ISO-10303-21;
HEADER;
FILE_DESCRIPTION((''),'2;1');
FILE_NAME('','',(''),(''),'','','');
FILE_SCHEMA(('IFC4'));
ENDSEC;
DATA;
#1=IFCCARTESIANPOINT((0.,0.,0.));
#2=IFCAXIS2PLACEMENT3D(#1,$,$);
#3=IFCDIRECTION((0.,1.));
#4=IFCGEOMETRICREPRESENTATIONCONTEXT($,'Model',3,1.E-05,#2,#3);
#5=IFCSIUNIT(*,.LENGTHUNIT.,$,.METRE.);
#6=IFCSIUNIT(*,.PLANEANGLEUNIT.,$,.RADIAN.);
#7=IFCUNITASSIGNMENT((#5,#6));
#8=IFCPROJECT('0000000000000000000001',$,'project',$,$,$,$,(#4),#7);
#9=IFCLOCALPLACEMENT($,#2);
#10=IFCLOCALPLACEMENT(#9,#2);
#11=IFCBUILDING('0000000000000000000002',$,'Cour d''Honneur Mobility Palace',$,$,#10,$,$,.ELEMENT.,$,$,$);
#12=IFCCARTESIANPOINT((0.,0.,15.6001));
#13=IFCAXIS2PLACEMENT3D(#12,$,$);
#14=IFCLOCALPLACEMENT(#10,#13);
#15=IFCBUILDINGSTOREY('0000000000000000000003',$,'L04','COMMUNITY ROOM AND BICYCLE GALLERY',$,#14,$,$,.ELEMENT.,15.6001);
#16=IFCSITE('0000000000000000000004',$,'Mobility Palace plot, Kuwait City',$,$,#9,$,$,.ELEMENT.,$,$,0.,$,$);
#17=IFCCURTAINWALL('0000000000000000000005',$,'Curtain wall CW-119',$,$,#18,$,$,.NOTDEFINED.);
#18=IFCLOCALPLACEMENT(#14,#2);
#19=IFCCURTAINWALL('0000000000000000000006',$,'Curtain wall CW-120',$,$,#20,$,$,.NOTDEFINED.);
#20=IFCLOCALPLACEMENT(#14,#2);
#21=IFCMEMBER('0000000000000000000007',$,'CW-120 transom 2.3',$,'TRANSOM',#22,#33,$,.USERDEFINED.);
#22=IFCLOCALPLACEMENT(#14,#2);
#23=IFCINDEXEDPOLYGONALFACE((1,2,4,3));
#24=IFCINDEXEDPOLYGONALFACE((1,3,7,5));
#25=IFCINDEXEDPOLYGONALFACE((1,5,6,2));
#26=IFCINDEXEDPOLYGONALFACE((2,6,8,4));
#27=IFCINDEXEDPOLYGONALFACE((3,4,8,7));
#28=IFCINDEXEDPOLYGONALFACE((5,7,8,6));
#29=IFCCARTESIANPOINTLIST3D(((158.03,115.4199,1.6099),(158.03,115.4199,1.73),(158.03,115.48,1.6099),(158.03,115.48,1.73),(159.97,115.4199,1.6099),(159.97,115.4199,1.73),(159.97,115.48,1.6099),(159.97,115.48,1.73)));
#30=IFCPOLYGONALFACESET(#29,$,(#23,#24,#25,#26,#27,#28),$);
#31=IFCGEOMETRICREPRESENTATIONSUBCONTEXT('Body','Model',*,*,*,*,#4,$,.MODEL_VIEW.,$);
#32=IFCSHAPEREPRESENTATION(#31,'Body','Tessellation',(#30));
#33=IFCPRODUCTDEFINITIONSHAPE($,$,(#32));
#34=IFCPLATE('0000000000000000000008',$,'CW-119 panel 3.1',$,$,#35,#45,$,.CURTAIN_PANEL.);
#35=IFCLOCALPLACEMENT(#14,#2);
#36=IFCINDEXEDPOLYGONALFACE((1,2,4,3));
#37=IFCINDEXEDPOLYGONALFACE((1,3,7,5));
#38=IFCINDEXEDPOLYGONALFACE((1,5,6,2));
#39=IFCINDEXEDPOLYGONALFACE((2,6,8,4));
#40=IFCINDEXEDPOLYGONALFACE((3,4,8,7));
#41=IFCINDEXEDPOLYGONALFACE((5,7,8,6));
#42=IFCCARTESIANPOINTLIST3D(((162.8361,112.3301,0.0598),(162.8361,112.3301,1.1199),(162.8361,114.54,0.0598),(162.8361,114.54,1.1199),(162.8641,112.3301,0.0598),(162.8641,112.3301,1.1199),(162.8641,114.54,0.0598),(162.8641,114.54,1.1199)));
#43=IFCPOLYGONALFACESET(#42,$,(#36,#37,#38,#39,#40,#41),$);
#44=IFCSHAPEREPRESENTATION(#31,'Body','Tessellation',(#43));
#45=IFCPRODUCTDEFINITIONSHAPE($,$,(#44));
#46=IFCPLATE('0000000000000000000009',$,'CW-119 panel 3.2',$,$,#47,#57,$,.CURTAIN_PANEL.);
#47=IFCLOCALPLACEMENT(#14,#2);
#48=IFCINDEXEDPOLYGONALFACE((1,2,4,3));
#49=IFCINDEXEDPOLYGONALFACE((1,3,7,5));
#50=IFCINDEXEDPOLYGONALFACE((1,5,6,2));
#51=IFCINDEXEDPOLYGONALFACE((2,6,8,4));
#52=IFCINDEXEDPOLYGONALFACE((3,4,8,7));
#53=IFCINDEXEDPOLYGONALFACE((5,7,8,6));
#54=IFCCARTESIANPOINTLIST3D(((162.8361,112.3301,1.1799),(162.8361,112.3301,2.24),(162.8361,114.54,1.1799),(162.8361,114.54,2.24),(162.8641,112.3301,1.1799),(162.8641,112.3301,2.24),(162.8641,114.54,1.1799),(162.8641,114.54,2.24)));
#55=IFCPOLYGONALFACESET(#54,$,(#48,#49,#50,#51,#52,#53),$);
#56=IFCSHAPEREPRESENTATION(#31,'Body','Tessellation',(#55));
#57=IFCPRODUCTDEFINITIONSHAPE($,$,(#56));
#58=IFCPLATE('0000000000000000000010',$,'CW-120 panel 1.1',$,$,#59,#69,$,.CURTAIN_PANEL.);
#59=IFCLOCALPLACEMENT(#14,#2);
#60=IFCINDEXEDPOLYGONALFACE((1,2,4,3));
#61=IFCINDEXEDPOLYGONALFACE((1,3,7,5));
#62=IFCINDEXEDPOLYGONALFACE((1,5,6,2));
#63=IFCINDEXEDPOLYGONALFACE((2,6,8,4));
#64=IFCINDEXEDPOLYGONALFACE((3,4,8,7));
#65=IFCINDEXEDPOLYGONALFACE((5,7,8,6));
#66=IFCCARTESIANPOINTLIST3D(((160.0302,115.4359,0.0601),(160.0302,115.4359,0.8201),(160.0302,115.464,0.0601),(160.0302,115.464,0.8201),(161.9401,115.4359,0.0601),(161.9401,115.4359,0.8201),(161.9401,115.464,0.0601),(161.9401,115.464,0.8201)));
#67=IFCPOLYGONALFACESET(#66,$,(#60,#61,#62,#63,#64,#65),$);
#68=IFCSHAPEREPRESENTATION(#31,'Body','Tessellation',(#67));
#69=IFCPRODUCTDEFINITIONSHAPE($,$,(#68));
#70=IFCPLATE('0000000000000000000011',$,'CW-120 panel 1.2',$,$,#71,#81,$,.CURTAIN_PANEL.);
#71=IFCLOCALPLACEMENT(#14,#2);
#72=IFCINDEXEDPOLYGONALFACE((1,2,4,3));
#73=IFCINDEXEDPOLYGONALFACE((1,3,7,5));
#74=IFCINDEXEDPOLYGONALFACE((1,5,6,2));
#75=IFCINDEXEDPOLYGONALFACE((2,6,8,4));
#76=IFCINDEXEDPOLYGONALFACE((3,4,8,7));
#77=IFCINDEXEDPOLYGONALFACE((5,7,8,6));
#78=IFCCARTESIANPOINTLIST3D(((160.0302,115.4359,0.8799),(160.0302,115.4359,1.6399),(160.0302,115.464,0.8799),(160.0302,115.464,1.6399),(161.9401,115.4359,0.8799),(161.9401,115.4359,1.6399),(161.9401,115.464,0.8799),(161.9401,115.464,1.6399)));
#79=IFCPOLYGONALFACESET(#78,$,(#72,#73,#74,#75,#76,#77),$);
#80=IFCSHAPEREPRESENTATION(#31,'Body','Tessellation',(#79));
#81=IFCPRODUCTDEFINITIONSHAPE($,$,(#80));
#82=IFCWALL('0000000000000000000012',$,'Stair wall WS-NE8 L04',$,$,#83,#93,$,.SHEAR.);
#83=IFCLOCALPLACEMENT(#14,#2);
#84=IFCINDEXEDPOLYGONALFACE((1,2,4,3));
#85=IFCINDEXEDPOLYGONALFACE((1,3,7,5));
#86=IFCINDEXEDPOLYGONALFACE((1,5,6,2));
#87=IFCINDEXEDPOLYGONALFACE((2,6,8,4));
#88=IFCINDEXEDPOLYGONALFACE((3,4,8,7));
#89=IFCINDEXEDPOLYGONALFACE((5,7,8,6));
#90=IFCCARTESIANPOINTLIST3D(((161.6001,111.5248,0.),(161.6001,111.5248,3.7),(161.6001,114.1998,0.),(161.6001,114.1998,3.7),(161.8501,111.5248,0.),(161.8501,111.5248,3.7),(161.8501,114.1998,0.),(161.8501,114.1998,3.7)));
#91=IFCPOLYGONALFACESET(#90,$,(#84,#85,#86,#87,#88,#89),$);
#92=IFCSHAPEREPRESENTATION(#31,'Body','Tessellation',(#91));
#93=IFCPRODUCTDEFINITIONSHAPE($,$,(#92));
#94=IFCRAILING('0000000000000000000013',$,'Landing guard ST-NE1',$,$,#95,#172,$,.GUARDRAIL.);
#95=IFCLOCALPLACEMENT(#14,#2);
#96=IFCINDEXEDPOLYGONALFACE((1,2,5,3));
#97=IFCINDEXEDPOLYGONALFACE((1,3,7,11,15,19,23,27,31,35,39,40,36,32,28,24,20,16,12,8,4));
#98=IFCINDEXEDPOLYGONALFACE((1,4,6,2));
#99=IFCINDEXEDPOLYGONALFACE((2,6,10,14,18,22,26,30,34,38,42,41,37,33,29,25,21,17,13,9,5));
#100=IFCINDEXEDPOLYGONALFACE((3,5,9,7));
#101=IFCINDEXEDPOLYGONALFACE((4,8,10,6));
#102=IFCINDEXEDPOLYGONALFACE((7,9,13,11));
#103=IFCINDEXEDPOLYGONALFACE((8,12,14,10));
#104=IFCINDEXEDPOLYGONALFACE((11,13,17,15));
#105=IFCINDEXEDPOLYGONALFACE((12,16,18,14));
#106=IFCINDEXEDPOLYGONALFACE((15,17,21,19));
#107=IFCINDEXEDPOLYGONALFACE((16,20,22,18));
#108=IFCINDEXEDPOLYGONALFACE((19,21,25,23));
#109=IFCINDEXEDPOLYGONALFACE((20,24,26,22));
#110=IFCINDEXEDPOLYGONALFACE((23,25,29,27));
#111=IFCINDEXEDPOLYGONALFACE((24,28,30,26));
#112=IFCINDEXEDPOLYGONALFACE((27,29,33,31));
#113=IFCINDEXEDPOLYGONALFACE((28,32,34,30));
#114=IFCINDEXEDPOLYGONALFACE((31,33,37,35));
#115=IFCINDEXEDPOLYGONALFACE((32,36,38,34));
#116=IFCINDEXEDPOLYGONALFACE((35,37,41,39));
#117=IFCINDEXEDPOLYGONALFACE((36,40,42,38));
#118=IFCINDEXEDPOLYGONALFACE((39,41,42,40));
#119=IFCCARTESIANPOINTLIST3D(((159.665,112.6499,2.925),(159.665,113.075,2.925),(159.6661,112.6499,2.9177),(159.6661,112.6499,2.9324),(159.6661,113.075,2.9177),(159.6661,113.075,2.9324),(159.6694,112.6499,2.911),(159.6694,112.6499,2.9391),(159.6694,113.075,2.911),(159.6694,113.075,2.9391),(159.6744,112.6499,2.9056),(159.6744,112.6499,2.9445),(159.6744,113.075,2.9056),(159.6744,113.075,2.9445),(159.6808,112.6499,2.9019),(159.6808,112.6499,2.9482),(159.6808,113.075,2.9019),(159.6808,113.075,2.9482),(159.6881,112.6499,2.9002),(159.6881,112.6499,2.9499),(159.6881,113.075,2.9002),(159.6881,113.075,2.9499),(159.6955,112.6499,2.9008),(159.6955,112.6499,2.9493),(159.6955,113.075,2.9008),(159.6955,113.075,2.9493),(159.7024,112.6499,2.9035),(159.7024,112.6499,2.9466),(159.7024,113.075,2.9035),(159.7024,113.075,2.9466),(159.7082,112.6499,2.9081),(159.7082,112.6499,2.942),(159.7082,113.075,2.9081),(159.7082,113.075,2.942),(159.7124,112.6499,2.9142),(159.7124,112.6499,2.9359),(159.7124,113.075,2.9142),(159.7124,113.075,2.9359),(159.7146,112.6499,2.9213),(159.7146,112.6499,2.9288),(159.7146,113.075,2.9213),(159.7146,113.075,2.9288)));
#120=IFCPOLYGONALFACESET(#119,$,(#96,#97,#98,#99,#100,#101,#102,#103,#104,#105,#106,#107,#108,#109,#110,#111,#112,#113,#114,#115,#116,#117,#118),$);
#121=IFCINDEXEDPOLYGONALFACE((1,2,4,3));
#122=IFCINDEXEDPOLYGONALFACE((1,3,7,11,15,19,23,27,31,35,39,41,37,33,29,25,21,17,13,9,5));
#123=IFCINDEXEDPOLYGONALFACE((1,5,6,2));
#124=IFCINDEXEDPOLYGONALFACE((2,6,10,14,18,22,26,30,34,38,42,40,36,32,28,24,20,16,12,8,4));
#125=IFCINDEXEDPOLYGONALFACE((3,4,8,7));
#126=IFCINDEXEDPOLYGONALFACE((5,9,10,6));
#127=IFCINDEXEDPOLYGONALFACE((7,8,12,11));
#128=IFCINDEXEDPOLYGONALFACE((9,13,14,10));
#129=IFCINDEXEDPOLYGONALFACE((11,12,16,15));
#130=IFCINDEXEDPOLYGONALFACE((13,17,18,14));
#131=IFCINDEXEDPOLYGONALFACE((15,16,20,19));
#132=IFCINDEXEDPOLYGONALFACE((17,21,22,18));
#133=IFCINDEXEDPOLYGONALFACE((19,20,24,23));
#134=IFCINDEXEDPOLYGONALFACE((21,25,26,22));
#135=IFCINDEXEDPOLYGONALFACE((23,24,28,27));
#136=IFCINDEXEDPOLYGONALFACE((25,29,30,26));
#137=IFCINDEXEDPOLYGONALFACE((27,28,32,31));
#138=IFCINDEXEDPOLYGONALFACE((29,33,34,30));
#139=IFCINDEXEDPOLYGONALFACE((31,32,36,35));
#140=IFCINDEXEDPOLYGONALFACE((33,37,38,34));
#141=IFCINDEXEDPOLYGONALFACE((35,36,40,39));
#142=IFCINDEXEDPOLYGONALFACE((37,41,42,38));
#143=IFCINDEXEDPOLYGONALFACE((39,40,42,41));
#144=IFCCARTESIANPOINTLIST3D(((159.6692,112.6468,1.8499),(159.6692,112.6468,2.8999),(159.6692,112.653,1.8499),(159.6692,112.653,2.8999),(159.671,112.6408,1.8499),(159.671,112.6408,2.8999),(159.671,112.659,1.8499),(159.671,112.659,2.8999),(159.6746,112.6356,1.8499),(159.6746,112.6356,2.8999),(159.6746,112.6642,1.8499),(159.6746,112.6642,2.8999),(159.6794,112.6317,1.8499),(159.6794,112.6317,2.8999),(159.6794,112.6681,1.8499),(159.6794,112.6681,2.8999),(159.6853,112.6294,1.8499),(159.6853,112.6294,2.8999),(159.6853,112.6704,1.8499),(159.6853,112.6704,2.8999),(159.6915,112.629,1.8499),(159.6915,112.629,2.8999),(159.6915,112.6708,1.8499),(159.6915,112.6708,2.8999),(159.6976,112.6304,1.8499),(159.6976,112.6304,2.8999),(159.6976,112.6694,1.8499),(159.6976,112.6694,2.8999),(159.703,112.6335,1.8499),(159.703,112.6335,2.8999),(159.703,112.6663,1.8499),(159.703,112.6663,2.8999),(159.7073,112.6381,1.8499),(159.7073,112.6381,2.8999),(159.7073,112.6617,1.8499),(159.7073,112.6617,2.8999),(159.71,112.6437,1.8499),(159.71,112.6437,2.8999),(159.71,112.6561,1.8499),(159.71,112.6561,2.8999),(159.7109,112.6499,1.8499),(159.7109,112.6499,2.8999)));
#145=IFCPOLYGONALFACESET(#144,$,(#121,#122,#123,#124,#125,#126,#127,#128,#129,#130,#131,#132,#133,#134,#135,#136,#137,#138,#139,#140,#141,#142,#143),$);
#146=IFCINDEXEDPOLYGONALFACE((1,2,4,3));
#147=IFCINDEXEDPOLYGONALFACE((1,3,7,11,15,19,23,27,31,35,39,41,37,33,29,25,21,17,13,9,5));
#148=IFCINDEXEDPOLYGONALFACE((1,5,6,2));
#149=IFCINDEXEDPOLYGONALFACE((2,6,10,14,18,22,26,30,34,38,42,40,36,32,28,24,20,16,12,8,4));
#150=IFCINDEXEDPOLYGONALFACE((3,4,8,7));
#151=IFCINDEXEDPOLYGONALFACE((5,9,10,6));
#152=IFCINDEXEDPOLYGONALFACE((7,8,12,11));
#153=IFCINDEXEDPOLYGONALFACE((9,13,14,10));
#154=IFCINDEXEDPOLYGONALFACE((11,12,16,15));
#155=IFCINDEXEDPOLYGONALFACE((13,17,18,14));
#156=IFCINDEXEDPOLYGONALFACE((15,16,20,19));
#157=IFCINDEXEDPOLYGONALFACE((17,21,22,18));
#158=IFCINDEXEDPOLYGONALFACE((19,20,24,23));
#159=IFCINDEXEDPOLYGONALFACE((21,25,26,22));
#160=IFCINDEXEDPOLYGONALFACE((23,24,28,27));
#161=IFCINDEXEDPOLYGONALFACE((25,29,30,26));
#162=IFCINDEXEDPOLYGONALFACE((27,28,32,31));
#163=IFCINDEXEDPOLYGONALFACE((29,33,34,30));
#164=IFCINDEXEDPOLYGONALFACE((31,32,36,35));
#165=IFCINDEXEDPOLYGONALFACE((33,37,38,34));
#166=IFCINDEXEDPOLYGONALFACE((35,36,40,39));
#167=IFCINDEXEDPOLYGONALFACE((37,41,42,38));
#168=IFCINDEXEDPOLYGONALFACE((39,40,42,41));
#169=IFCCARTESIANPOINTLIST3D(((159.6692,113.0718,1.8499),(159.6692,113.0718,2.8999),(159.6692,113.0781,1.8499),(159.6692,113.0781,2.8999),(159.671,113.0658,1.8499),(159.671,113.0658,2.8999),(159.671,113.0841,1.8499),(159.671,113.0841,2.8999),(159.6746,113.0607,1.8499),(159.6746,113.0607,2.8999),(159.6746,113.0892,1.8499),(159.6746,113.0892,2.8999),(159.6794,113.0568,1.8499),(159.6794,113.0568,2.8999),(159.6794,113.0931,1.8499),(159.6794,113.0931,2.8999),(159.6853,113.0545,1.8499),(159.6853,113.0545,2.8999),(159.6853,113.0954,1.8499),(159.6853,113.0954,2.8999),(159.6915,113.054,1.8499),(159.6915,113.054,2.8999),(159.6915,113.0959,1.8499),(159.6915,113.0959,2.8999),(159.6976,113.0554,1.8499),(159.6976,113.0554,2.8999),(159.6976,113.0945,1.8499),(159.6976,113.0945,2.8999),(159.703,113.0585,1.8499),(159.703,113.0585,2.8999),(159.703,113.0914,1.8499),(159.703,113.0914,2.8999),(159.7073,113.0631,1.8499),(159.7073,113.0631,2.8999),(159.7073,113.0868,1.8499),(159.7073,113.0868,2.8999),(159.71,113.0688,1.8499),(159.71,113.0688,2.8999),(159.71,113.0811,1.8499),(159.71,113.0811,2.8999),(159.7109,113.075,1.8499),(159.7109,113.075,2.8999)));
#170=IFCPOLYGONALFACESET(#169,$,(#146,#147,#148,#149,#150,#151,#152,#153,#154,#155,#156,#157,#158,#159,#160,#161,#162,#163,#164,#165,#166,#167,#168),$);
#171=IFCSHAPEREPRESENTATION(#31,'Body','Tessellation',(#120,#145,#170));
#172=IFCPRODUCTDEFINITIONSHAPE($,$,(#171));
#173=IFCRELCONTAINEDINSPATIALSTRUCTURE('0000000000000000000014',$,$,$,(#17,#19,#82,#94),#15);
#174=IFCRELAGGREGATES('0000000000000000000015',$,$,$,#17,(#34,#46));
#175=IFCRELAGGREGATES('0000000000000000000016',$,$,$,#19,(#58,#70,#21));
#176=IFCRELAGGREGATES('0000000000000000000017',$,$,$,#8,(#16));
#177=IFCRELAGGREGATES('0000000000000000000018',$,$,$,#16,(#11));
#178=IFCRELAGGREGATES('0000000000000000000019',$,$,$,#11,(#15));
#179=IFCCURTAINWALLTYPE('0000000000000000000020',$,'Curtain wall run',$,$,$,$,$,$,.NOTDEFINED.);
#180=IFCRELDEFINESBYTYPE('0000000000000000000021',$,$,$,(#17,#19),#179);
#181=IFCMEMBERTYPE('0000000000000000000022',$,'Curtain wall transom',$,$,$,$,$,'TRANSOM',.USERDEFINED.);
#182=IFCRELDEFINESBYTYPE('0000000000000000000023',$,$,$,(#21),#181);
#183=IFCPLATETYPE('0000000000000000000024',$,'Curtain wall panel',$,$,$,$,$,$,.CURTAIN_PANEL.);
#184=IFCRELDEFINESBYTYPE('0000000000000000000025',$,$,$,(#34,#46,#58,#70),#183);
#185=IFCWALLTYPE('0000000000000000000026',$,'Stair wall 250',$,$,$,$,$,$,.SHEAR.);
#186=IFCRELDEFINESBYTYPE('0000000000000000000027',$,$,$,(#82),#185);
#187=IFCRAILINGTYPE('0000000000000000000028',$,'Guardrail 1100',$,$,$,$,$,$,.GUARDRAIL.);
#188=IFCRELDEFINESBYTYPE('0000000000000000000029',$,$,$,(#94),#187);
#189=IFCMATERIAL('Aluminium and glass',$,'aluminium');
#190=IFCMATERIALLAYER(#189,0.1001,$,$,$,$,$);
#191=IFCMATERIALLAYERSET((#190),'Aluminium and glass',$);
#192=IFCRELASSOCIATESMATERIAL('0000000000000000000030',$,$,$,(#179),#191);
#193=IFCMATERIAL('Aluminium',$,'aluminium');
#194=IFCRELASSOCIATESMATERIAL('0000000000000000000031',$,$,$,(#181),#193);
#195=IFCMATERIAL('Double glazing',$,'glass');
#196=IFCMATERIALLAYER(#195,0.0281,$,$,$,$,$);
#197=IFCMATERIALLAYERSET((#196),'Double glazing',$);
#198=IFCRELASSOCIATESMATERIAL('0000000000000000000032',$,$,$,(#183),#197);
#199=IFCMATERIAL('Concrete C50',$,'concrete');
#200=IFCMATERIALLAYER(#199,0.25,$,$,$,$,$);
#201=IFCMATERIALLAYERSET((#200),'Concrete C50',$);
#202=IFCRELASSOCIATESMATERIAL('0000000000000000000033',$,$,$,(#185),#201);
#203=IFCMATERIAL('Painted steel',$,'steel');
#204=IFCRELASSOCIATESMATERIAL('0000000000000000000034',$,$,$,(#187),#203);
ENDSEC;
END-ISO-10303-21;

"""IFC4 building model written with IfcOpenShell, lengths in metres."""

from ifc_helpers import new_model, si_unit, direction, frame, frame_2d, origin, origin_2d, place, context, subcontext, project, spatial, rectangle, circle, extrude, material, layer, layer_set, material_profile, profile_set, type_object, element, aggregate, save


model = new_model("IFC4")

# Units and contexts
model_context = context("Model", 3, precision=1e-05, world=origin(), true_north=direction((0.0, 1.0)))
body_context = subcontext(model_context, "Body", "Model", "MODEL_VIEW")
ifc_project = project(units=[si_unit("LENGTHUNIT", "METRE"), si_unit("PLANEANGLEUNIT", "RADIAN")], contexts=[model_context])

# Site, building, storey
site_placement = place(None, origin())
site = spatial("IfcSite", under=ifc_project, at=site_placement, Name="Mobility Palace plot, Kuwait City", CompositionType="ELEMENT", RefElevation=0.0)
building_placement = place(site_placement, origin())
building = spatial("IfcBuilding", under=site, at=building_placement, Name="Cour d'Honneur Mobility Palace", CompositionType="ELEMENT")
storey_placement = place(building_placement, frame((0.0, 0.0, 15.6001)))
storey = spatial("IfcBuildingStorey", under=building, at=storey_placement, Name="L04", Description="COMMUNITY ROOM AND BICYCLE GALLERY", CompositionType="ELEMENT", Elevation=15.6001)

# Curtain walls
ifc_material_1 = material(Name="Aluminium and glass", Category="aluminium")
ifc_layer_1 = layer(ifc_material_1, 0.1001)
ifc_layer_set_1 = layer_set([ifc_layer_1], Name="Aluminium and glass")
curtain_wall_type = type_object("IfcCurtainWallType", Name="Curtain wall run", PredefinedType="NOTDEFINED", material=ifc_layer_set_1)
curtain_wall_1_placement = place(storey_placement, origin())
curtain_wall_1 = element("IfcCurtainWall", 1, at=curtain_wall_1_placement, inside=storey, type_object=curtain_wall_type, Name="Curtain wall CW-119", PredefinedType="NOTDEFINED")
curtain_wall_2_placement = place(storey_placement, origin())
curtain_wall_2 = element("IfcCurtainWall", 2, at=curtain_wall_2_placement, inside=storey, type_object=curtain_wall_type, Name="Curtain wall CW-120", PredefinedType="NOTDEFINED")

# Member
ifc_material_2 = material(Name="Aluminium", Category="aluminium")
ifc_material_profile_1 = material_profile(ifc_material_2, rectangle(XDim=0.0601, YDim=0.1201, at=origin_2d()), Name="Curtain wall transom")
ifc_profile_set_1 = profile_set([ifc_material_profile_1], Name="Aluminium")
member_type_1 = type_object("IfcMemberType", Name="Curtain wall transom", ElementType="TRANSOM", PredefinedType="USERDEFINED", material=ifc_profile_set_1)
member_1_placement = place(storey_placement, frame((159.97, 115.45, 1.6699), z_axis=(-1.0, 0.0, 0.0), x_axis=(0.0, -1.0, 0.0)))
member_1 = element("IfcMember", 3, at=member_1_placement, type_object=member_type_1, Name="CW-120 transom 2.3", ObjectType="TRANSOM", PredefinedType="USERDEFINED", context=body_context, shape_type="SweptSolid", body=[
    extrude(rectangle(XDim=0.0601, YDim=0.1201, at=origin_2d()), origin(), (0.0, 0.0, 1.0), 1.9399),
])

# Plates
ifc_material_3 = material(Name="Double glazing", Category="glass")
ifc_layer_2 = layer(ifc_material_3, 0.0281)
ifc_layer_set_2 = layer_set([ifc_layer_2], Name="Double glazing")
plate_type = type_object("IfcPlateType", Name="Curtain wall panel", PredefinedType="CURTAIN_PANEL", material=ifc_layer_set_2)
plate_1_placement = place(storey_placement, frame((162.8501, 113.4351, 0.0598), z_axis=(0.0, 0.0, 1.0), x_axis=(0.0, 1.0, 0.0)))
plate_1 = element("IfcPlate", 4, at=plate_1_placement, type_object=plate_type, Name="CW-119 panel 3.1", PredefinedType="CURTAIN_PANEL", context=body_context, shape_type="SweptSolid", body=[
    extrude(rectangle(XDim=2.21, YDim=0.0281, at=origin_2d()), origin(), (0.0, 0.0, 1.0), 1.0601),
])
plate_2_placement = place(storey_placement, frame((162.8501, 113.4351, 1.1799), z_axis=(0.0, 0.0, 1.0), x_axis=(0.0, 1.0, 0.0)))
plate_2 = element("IfcPlate", 5, at=plate_2_placement, type_object=plate_type, Name="CW-119 panel 3.2", PredefinedType="CURTAIN_PANEL", context=body_context, shape_type="SweptSolid", body=[
    extrude(rectangle(XDim=2.21, YDim=0.0281, at=origin_2d()), origin(), (0.0, 0.0, 1.0), 1.0601),
])
aggregate(curtain_wall_1, [plate_1, plate_2])
plate_3_placement = place(storey_placement, frame((160.9851, 115.45, 0.0601), z_axis=(0.0, 0.0, 1.0), x_axis=(-1.0, 0.0, 0.0)))
plate_3 = element("IfcPlate", 6, at=plate_3_placement, type_object=plate_type, Name="CW-120 panel 1.1", PredefinedType="CURTAIN_PANEL", context=body_context, shape_type="SweptSolid", body=[
    extrude(rectangle(XDim=1.9099, YDim=0.0281, at=origin_2d()), origin(), (0.0, 0.0, 1.0), 0.76),
])
plate_4_placement = place(storey_placement, frame((160.9851, 115.45, 0.8799), z_axis=(0.0, 0.0, 1.0), x_axis=(-1.0, 0.0, 0.0)))
plate_4 = element("IfcPlate", 7, at=plate_4_placement, type_object=plate_type, Name="CW-120 panel 1.2", PredefinedType="CURTAIN_PANEL", context=body_context, shape_type="SweptSolid", body=[
    extrude(rectangle(XDim=1.9099, YDim=0.0281, at=origin_2d()), origin(), (0.0, 0.0, 1.0), 0.76),
])
aggregate(curtain_wall_2, [plate_3, plate_4, member_1])

# Wall
ifc_material_4 = material(Name="Concrete C50", Category="concrete")
ifc_layer_3 = layer(ifc_material_4, 0.25)
ifc_layer_set_3 = layer_set([ifc_layer_3], Name="Concrete C50")
wall_type = type_object("IfcWallType", Name="Stair wall 250", PredefinedType="SHEAR", material=ifc_layer_set_3)
wall_placement = place(storey_placement, frame((161.7251, 111.5249, 0.0), z_axis=(0.0, 0.0, 1.0), x_axis=(0.0, 1.0, 0.0)))
element("IfcWall", 8, at=wall_placement, inside=storey, type_object=wall_type, Name="Stair wall WS-NE8 L04", PredefinedType="SHEAR", context=body_context, shape_type="SweptSolid", body=[
    extrude(rectangle(XDim=2.675, YDim=0.25, at=frame_2d((1.3374, 0.0))), origin(), (0.0, 0.0, 1.0), 3.7),
])

# Railing
ifc_material_5 = material(Name="Painted steel", Category="steel")
railing_type = type_object("IfcRailingType", Name="Guardrail 1100", PredefinedType="GUARDRAIL", material=ifc_material_5)
railing_placement = place(storey_placement, frame((159.6899, 112.6499, 1.8499)))
element("IfcRailing", 9, at=railing_placement, inside=storey, type_object=railing_type, Name="Landing guard ST-NE1", PredefinedType="GUARDRAIL", context=body_context, shape_type="SweptSolid", body=[
    extrude(circle(Radius=0.0249, at=origin_2d()), frame((0.0, 0.0, 1.0752), z_axis=(0.0, 1.0, 0.0), x_axis=(-1.0, 0.0, 0.0)), (0.0, 0.0, 1.0), 0.425),
    extrude(circle(Radius=0.021, at=origin_2d()), origin(), (0.0, 0.0, 1.0), 1.05),
    extrude(circle(Radius=0.021, at=origin_2d()), frame((0.0, 0.425, 0.0)), (0.0, 0.0, 1.0), 1.05),
])

save(model, "model.ifc")
